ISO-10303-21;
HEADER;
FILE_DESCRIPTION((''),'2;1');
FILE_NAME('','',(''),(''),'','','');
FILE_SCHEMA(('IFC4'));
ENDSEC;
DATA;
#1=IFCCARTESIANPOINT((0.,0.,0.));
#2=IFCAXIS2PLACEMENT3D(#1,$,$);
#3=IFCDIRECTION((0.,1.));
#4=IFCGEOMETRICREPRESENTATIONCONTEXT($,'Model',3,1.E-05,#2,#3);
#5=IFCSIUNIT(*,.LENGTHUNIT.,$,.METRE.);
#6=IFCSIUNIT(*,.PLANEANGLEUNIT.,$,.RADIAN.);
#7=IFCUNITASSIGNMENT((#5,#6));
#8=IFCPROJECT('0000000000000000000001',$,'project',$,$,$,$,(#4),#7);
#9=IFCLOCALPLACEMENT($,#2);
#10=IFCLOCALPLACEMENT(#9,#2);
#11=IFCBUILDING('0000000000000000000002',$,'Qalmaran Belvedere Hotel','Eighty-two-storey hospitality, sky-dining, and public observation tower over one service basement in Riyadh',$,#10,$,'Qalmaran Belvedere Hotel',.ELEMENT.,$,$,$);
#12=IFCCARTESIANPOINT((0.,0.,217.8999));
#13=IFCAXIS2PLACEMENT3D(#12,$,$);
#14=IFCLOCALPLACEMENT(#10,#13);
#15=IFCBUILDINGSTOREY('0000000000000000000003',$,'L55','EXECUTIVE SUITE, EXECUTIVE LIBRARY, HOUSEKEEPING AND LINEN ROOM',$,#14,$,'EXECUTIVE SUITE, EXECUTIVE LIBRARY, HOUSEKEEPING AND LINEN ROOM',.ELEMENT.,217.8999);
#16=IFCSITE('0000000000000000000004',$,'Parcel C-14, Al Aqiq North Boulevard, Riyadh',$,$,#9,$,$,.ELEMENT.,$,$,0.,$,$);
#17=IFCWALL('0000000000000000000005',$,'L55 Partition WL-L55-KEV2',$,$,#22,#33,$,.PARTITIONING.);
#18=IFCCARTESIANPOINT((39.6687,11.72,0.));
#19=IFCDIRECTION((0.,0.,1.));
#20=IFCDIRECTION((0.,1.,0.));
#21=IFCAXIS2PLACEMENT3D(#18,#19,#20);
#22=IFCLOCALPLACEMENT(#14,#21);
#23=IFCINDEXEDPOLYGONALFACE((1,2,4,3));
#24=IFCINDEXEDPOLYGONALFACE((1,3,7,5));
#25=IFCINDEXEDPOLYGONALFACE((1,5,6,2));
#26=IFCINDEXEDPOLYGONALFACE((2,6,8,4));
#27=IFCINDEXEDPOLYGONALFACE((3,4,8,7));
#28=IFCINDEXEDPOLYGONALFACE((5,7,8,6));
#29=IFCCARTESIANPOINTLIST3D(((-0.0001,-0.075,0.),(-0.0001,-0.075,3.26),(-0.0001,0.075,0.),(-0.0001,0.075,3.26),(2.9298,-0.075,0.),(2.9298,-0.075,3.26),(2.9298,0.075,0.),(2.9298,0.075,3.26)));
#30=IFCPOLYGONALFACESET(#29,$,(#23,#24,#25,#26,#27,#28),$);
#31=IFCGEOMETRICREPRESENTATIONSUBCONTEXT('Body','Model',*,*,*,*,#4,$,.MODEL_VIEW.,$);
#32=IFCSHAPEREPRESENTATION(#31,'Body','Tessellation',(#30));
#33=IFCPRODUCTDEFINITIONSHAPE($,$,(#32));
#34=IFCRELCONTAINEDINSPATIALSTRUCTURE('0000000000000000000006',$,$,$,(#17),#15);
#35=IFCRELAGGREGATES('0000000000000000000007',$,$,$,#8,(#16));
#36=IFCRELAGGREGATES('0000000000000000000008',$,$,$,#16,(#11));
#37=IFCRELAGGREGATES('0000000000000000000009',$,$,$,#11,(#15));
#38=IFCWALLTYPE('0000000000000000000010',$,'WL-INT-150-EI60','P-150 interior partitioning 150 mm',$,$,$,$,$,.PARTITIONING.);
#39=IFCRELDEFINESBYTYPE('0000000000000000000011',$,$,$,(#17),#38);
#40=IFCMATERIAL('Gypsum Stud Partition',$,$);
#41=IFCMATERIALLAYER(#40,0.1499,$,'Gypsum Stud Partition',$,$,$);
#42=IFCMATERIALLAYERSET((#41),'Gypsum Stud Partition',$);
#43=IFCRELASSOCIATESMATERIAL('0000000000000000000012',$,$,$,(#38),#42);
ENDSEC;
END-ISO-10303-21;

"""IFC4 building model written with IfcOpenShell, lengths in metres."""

from ifc_helpers import new_model, si_unit, direction, frame, frame_2d, origin, place, context, subcontext, project, spatial, rectangle, extrude, material, layer, layer_set, type_object, element, save


model = new_model("IFC4")

# Units and contexts
model_context = context("Model", 3, precision=1e-05, world=origin(), true_north=direction((0.0, 1.0)))
body_context = subcontext(model_context, "Body", "Model", "MODEL_VIEW")
ifc_project = project(units=[si_unit("LENGTHUNIT", "METRE"), si_unit("PLANEANGLEUNIT", "RADIAN")], contexts=[model_context])

# Site, building, storey
site_placement = place(None, origin())
site = spatial("IfcSite", under=ifc_project, at=site_placement, Name="Parcel C-14, Al Aqiq North Boulevard, Riyadh", CompositionType="ELEMENT", RefElevation=0.0)
building_placement = place(site_placement, origin())
building = spatial("IfcBuilding", under=site, at=building_placement, Name="Qalmaran Belvedere Hotel", Description="Eighty-two-storey hospitality, sky-dining, and public observation tower over one service basement in Riyadh", LongName="Qalmaran Belvedere Hotel", CompositionType="ELEMENT")
storey_placement = place(building_placement, frame((0.0, 0.0, 217.8999)))
storey = spatial("IfcBuildingStorey", under=building, at=storey_placement, Name="L55", Description="EXECUTIVE SUITE, EXECUTIVE LIBRARY, HOUSEKEEPING AND LINEN ROOM", LongName="EXECUTIVE SUITE, EXECUTIVE LIBRARY, HOUSEKEEPING AND LINEN ROOM", CompositionType="ELEMENT", Elevation=217.8999)

# Wall
ifc_material_1 = material(Name="Gypsum Stud Partition")
ifc_layer_1 = layer(ifc_material_1, 0.1499, Name="Gypsum Stud Partition")
ifc_layer_set_1 = layer_set([ifc_layer_1], Name="Gypsum Stud Partition")
wall_type_1 = type_object("IfcWallType", Name="WL-INT-150-EI60", Description="P-150 interior partitioning 150 mm", PredefinedType="PARTITIONING", material=ifc_layer_set_1)
wall_1_placement = place(storey_placement, frame((39.6687, 11.72, 0.0), z_axis=(0.0, 0.0, 1.0), x_axis=(0.0, 1.0, 0.0)))
element("IfcWall", 1, at=wall_1_placement, inside=storey, type_object=wall_type_1, Name="L55 Partition WL-L55-KEV2", PredefinedType="PARTITIONING", context=body_context, shape_type="SweptSolid", body=[
    extrude(rectangle(XDim=2.9299, YDim=0.1499, at=frame_2d((1.4648, 0.0))), origin(), (0.0, 0.0, 1.0), 3.26),
])

save(model, "model.ifc")
